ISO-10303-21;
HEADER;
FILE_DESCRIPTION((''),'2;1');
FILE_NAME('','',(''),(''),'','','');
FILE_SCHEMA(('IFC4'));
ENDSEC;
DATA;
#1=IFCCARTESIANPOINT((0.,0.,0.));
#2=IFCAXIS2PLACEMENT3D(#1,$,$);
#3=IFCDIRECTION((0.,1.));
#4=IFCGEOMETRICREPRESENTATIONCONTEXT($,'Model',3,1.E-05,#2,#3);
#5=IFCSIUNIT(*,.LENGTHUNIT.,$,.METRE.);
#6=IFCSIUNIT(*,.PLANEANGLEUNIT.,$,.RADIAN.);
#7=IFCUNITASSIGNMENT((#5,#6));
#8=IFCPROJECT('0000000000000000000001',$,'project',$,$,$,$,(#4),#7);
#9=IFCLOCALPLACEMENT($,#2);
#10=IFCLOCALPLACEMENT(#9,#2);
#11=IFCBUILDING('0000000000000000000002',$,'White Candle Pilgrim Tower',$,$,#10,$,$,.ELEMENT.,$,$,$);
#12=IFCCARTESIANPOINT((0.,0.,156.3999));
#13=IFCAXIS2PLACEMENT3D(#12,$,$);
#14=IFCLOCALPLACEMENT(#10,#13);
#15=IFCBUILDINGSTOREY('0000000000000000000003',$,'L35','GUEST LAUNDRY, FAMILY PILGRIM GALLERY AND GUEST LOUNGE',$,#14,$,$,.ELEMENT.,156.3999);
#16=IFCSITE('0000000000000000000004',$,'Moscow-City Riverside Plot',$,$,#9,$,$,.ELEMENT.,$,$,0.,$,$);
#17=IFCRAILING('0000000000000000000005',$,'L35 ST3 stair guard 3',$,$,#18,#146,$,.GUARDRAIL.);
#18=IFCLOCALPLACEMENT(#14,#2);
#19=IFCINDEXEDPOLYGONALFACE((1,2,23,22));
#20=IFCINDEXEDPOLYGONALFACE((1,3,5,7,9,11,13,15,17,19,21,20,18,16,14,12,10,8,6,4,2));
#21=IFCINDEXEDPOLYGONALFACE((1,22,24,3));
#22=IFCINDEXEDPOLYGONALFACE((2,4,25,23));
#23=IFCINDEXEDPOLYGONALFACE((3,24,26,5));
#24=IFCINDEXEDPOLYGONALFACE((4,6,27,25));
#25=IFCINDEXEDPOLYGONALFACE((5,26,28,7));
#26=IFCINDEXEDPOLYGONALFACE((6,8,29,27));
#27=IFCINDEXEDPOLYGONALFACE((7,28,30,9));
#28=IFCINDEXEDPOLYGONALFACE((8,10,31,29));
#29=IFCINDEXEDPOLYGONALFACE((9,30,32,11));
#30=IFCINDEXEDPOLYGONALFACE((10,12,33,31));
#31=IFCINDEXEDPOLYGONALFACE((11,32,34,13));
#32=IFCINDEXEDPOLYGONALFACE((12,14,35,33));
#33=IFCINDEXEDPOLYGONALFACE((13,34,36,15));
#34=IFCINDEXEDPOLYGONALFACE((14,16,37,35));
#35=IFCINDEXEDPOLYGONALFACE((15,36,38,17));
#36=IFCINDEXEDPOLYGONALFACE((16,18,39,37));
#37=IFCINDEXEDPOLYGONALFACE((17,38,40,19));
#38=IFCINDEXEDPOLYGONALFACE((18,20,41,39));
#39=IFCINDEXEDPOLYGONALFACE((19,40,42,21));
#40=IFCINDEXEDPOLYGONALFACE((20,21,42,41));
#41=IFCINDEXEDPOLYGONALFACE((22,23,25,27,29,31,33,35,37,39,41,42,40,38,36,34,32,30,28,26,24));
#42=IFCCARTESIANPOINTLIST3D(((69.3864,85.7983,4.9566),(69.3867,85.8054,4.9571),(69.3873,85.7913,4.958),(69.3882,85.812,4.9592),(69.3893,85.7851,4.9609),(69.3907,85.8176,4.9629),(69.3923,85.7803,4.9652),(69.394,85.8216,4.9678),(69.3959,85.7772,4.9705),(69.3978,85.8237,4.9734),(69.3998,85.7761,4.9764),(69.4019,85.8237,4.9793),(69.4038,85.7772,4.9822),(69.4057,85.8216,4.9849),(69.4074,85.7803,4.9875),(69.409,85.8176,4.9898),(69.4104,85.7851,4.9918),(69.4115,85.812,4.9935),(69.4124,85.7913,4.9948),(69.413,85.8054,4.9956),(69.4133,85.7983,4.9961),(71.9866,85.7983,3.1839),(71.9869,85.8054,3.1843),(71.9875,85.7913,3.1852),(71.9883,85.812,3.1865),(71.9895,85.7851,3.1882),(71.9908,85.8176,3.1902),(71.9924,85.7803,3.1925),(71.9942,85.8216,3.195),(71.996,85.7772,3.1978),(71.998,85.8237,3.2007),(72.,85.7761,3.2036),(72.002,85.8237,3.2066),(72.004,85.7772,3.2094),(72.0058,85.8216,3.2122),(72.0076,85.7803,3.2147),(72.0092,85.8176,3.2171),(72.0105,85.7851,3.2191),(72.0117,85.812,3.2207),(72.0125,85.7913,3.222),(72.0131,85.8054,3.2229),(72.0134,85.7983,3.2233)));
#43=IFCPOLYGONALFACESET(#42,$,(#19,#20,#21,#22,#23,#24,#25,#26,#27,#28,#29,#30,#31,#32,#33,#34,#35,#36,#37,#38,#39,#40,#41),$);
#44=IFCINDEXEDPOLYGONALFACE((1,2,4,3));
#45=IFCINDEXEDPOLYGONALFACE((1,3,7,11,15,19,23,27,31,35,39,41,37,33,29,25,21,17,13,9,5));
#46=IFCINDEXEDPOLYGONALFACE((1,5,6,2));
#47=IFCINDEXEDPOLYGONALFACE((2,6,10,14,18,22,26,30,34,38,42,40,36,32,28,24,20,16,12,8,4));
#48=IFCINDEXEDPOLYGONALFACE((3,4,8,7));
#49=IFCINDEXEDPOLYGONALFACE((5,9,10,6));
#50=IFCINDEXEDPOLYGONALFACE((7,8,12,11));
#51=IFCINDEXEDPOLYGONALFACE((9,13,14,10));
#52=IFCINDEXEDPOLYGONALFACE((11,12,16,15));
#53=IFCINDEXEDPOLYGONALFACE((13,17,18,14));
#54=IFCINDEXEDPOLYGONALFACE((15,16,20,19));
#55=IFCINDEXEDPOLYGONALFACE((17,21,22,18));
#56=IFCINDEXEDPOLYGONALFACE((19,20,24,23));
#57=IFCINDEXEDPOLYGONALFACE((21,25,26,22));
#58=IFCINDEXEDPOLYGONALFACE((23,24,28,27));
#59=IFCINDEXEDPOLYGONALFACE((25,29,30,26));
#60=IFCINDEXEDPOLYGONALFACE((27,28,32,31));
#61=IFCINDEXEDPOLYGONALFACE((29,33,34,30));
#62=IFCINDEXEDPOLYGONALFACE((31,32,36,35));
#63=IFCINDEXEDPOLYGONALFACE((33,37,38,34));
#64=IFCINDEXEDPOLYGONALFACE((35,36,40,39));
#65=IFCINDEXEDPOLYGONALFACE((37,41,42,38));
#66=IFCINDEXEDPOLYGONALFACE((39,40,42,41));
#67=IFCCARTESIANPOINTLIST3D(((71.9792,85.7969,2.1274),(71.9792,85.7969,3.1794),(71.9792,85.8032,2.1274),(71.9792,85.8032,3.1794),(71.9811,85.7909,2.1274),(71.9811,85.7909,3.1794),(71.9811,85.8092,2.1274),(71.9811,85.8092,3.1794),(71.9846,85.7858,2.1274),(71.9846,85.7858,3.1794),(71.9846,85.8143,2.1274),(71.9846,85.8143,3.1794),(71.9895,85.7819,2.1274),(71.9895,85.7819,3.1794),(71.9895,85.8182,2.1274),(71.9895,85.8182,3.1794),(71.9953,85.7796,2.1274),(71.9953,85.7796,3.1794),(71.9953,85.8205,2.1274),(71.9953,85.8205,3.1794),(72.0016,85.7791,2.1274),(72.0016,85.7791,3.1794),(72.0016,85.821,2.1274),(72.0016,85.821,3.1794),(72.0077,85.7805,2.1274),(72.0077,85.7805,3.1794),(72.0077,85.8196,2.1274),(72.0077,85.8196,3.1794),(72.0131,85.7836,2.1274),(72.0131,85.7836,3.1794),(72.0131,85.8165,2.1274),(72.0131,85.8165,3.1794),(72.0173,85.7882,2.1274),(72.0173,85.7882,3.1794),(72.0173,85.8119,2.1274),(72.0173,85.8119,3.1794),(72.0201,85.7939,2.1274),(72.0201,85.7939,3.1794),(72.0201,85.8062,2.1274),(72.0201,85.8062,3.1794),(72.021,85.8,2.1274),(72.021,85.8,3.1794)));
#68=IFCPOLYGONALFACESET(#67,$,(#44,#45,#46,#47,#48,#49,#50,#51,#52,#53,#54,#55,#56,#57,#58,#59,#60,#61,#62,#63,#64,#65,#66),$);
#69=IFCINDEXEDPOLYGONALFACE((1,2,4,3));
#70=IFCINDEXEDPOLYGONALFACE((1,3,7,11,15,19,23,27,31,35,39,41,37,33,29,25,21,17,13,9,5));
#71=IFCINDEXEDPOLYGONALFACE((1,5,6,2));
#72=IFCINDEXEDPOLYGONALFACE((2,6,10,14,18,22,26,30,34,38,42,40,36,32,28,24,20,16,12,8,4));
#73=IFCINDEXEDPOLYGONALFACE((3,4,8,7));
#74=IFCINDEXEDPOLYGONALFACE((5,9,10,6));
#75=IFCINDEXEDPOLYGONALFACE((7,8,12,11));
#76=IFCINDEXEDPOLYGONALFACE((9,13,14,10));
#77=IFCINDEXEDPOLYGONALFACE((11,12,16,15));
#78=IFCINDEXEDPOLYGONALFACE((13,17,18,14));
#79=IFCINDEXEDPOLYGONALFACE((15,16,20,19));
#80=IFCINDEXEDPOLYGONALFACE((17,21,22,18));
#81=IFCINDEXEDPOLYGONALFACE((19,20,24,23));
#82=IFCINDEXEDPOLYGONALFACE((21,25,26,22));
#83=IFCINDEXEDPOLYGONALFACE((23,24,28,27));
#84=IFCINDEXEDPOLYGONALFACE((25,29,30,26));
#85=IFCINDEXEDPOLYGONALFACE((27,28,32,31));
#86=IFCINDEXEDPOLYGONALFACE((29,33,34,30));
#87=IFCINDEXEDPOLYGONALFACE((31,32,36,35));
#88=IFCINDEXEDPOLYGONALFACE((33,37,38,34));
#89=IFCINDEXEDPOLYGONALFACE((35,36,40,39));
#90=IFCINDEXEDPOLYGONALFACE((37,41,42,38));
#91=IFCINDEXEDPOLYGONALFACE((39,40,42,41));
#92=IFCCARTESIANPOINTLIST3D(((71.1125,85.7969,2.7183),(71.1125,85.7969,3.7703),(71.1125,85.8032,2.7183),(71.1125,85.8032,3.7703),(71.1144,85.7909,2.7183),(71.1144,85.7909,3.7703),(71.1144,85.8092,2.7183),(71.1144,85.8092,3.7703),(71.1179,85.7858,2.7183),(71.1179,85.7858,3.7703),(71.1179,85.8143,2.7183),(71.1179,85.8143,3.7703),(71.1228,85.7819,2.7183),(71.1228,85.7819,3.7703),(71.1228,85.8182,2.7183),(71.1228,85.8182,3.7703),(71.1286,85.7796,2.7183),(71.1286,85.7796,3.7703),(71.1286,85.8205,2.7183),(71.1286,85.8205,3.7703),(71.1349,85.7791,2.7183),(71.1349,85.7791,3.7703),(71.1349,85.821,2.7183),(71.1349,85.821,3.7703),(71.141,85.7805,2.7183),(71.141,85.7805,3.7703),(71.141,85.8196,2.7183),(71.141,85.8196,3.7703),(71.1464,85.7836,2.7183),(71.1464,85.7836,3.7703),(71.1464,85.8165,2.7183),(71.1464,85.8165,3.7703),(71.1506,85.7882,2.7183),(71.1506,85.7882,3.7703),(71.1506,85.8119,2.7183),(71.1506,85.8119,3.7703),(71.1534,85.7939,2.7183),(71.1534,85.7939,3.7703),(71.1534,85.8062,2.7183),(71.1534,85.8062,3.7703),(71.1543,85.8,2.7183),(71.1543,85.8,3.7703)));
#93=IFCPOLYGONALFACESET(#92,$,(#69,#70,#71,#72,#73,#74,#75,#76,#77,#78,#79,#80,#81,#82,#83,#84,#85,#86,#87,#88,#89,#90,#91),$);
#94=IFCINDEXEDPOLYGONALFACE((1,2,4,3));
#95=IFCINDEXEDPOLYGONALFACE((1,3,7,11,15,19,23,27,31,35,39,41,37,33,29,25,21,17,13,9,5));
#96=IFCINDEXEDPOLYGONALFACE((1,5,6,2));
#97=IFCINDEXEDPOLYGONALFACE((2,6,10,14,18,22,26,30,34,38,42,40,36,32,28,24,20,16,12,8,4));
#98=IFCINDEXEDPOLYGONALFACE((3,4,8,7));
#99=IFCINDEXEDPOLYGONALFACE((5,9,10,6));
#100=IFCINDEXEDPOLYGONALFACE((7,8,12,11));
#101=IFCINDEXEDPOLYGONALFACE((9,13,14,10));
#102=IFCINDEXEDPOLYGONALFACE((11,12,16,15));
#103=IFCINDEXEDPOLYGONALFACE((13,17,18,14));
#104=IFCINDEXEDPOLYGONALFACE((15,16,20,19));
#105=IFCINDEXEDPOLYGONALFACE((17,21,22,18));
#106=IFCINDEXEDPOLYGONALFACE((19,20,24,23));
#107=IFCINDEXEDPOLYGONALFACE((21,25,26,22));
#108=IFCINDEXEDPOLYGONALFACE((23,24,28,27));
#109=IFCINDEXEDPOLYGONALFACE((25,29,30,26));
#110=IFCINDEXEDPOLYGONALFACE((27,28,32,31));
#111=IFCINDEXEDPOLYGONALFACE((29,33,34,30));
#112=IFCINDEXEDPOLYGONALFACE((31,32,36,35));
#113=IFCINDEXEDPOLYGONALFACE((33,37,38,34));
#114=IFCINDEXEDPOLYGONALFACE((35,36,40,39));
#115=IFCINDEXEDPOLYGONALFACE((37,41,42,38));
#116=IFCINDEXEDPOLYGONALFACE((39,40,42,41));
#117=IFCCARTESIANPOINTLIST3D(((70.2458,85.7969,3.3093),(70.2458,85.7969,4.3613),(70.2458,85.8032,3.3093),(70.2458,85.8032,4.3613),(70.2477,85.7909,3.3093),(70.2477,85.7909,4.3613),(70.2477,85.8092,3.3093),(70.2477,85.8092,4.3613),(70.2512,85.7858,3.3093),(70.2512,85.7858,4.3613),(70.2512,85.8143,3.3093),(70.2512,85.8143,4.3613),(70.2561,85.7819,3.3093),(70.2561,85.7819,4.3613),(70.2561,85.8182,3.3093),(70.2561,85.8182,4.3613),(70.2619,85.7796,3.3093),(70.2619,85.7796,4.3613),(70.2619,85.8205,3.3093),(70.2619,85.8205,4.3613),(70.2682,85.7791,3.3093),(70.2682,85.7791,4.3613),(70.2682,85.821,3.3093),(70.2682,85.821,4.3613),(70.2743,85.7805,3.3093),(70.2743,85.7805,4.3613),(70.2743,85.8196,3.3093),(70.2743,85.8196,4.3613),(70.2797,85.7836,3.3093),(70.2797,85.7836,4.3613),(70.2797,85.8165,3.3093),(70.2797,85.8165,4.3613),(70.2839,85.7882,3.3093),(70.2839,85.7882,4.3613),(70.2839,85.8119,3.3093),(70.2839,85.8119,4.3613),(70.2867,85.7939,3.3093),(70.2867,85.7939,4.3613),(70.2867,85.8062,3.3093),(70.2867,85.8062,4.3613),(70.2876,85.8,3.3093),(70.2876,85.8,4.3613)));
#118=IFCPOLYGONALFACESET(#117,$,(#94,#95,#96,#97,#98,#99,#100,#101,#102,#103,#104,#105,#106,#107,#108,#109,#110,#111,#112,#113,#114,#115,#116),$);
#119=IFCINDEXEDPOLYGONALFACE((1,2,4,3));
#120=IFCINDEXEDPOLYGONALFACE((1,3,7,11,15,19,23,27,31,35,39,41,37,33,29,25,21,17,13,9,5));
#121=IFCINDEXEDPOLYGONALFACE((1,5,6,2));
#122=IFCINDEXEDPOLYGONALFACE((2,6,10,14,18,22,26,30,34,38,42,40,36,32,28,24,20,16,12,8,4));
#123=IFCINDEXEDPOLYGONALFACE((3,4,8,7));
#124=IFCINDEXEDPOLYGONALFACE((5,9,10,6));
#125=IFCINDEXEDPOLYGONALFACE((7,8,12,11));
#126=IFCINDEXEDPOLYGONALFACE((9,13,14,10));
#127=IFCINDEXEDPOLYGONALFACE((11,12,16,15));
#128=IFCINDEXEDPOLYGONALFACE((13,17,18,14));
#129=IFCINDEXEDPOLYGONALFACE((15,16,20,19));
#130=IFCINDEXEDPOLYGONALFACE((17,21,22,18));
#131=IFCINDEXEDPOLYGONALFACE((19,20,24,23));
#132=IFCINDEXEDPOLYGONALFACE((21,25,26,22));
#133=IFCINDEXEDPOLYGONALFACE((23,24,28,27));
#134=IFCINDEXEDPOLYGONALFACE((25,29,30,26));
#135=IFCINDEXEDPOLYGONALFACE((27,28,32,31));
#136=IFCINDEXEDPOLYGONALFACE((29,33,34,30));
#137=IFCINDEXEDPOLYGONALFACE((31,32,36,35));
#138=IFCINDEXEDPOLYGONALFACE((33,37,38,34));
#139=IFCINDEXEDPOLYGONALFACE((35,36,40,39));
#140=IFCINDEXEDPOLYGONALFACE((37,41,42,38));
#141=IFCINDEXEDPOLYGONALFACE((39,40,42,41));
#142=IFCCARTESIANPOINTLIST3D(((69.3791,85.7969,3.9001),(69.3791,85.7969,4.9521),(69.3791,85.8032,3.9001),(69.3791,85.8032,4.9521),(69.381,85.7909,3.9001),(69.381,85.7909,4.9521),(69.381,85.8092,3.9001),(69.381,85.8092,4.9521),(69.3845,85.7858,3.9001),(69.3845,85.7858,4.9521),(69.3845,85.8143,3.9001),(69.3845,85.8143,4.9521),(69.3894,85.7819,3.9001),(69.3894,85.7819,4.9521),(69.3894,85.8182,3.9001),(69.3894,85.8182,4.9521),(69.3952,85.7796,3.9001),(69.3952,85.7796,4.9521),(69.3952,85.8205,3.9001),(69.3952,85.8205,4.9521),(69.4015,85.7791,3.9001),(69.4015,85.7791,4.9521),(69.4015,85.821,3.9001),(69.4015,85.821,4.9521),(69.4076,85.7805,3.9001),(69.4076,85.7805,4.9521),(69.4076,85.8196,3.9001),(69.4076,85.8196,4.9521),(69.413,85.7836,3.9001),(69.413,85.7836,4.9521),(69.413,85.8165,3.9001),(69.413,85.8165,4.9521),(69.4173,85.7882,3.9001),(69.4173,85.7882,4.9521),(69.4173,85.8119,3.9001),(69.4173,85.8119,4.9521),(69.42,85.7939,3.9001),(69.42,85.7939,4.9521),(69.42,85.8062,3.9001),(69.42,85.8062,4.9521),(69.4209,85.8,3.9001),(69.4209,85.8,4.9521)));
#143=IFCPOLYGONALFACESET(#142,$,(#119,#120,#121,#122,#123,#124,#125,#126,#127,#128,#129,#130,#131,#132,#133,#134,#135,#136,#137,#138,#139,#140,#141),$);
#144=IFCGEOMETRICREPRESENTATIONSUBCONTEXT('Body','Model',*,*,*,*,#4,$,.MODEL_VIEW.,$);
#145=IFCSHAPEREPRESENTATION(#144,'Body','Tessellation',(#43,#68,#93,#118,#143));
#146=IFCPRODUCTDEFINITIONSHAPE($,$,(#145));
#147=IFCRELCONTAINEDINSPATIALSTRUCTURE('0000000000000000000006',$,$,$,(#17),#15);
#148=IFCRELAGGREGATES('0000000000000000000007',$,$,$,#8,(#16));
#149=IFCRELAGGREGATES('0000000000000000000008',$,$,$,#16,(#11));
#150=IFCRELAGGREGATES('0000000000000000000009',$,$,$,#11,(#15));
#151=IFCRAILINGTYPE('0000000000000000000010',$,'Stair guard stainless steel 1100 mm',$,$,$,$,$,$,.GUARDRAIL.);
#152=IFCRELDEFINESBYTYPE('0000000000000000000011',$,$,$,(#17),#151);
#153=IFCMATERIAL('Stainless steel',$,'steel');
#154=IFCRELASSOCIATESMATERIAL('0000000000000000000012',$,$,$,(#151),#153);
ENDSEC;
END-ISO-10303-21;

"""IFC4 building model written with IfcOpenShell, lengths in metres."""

from ifc_helpers import new_model, si_unit, direction, frame, origin, origin_2d, place, context, subcontext, project, spatial, circle, extrude, material, type_object, element, save


model = new_model("IFC4")

# Units and contexts
model_context = context("Model", 3, precision=1e-05, world=origin(), true_north=direction((0.0, 1.0)))
body_context = subcontext(model_context, "Body", "Model", "MODEL_VIEW")
ifc_project = project(units=[si_unit("LENGTHUNIT", "METRE"), si_unit("PLANEANGLEUNIT", "RADIAN")], contexts=[model_context])

# Site, building, storey
site_placement = place(None, origin())
site = spatial("IfcSite", under=ifc_project, at=site_placement, Name="Moscow-City Riverside Plot", CompositionType="ELEMENT", RefElevation=0.0)
building_placement = place(site_placement, origin())
building = spatial("IfcBuilding", under=site, at=building_placement, Name="White Candle Pilgrim Tower", CompositionType="ELEMENT")
storey_placement = place(building_placement, frame((0.0, 0.0, 156.3999)))
storey = spatial("IfcBuildingStorey", under=building, at=storey_placement, Name="L35", Description="GUEST LAUNDRY, FAMILY PILGRIM GALLERY AND GUEST LOUNGE", CompositionType="ELEMENT", Elevation=156.3999)

# Shared definitions
ifc_material_1 = material(Name="Stainless steel", Category="steel")

# Railing
railing_type_1 = type_object("IfcRailingType", Name="Stair guard stainless steel 1100 mm", PredefinedType="GUARDRAIL", material=ifc_material_1)
railing_1_placement = place(storey_placement, frame((72.0, 85.8, 2.1274)))
element("IfcRailing", 1, at=railing_1_placement, inside=storey, type_object=railing_type_1, Name="L35 ST3 stair guard 3", PredefinedType="GUARDRAIL", context=body_context, shape_type="SweptSolid", body=[
    extrude(circle(Radius=0.0239, at=origin_2d()), frame((0.0, 0.0, 1.0762), z_axis=(-0.82624, 0.0, 0.563318), x_axis=(0.0, -1.0, 0.0)), (0.0, 0.0, 1.0), 3.147),
    extrude(circle(Radius=0.021, at=origin_2d()), origin(), (0.0, 0.0, 1.0), 1.052),
    extrude(circle(Radius=0.021, at=origin_2d()), frame((-0.8667, 0.0, 0.5908)), (0.0, 0.0, 1.0), 1.052),
    extrude(circle(Radius=0.021, at=origin_2d()), frame((-1.7334, 0.0, 1.1819)), (0.0, 0.0, 1.0), 1.052),
    extrude(circle(Radius=0.021, at=origin_2d()), frame((-2.6001, 0.0, 1.7727)), (0.0, 0.0, 1.0), 1.052),
])

save(model, "model.ifc")
